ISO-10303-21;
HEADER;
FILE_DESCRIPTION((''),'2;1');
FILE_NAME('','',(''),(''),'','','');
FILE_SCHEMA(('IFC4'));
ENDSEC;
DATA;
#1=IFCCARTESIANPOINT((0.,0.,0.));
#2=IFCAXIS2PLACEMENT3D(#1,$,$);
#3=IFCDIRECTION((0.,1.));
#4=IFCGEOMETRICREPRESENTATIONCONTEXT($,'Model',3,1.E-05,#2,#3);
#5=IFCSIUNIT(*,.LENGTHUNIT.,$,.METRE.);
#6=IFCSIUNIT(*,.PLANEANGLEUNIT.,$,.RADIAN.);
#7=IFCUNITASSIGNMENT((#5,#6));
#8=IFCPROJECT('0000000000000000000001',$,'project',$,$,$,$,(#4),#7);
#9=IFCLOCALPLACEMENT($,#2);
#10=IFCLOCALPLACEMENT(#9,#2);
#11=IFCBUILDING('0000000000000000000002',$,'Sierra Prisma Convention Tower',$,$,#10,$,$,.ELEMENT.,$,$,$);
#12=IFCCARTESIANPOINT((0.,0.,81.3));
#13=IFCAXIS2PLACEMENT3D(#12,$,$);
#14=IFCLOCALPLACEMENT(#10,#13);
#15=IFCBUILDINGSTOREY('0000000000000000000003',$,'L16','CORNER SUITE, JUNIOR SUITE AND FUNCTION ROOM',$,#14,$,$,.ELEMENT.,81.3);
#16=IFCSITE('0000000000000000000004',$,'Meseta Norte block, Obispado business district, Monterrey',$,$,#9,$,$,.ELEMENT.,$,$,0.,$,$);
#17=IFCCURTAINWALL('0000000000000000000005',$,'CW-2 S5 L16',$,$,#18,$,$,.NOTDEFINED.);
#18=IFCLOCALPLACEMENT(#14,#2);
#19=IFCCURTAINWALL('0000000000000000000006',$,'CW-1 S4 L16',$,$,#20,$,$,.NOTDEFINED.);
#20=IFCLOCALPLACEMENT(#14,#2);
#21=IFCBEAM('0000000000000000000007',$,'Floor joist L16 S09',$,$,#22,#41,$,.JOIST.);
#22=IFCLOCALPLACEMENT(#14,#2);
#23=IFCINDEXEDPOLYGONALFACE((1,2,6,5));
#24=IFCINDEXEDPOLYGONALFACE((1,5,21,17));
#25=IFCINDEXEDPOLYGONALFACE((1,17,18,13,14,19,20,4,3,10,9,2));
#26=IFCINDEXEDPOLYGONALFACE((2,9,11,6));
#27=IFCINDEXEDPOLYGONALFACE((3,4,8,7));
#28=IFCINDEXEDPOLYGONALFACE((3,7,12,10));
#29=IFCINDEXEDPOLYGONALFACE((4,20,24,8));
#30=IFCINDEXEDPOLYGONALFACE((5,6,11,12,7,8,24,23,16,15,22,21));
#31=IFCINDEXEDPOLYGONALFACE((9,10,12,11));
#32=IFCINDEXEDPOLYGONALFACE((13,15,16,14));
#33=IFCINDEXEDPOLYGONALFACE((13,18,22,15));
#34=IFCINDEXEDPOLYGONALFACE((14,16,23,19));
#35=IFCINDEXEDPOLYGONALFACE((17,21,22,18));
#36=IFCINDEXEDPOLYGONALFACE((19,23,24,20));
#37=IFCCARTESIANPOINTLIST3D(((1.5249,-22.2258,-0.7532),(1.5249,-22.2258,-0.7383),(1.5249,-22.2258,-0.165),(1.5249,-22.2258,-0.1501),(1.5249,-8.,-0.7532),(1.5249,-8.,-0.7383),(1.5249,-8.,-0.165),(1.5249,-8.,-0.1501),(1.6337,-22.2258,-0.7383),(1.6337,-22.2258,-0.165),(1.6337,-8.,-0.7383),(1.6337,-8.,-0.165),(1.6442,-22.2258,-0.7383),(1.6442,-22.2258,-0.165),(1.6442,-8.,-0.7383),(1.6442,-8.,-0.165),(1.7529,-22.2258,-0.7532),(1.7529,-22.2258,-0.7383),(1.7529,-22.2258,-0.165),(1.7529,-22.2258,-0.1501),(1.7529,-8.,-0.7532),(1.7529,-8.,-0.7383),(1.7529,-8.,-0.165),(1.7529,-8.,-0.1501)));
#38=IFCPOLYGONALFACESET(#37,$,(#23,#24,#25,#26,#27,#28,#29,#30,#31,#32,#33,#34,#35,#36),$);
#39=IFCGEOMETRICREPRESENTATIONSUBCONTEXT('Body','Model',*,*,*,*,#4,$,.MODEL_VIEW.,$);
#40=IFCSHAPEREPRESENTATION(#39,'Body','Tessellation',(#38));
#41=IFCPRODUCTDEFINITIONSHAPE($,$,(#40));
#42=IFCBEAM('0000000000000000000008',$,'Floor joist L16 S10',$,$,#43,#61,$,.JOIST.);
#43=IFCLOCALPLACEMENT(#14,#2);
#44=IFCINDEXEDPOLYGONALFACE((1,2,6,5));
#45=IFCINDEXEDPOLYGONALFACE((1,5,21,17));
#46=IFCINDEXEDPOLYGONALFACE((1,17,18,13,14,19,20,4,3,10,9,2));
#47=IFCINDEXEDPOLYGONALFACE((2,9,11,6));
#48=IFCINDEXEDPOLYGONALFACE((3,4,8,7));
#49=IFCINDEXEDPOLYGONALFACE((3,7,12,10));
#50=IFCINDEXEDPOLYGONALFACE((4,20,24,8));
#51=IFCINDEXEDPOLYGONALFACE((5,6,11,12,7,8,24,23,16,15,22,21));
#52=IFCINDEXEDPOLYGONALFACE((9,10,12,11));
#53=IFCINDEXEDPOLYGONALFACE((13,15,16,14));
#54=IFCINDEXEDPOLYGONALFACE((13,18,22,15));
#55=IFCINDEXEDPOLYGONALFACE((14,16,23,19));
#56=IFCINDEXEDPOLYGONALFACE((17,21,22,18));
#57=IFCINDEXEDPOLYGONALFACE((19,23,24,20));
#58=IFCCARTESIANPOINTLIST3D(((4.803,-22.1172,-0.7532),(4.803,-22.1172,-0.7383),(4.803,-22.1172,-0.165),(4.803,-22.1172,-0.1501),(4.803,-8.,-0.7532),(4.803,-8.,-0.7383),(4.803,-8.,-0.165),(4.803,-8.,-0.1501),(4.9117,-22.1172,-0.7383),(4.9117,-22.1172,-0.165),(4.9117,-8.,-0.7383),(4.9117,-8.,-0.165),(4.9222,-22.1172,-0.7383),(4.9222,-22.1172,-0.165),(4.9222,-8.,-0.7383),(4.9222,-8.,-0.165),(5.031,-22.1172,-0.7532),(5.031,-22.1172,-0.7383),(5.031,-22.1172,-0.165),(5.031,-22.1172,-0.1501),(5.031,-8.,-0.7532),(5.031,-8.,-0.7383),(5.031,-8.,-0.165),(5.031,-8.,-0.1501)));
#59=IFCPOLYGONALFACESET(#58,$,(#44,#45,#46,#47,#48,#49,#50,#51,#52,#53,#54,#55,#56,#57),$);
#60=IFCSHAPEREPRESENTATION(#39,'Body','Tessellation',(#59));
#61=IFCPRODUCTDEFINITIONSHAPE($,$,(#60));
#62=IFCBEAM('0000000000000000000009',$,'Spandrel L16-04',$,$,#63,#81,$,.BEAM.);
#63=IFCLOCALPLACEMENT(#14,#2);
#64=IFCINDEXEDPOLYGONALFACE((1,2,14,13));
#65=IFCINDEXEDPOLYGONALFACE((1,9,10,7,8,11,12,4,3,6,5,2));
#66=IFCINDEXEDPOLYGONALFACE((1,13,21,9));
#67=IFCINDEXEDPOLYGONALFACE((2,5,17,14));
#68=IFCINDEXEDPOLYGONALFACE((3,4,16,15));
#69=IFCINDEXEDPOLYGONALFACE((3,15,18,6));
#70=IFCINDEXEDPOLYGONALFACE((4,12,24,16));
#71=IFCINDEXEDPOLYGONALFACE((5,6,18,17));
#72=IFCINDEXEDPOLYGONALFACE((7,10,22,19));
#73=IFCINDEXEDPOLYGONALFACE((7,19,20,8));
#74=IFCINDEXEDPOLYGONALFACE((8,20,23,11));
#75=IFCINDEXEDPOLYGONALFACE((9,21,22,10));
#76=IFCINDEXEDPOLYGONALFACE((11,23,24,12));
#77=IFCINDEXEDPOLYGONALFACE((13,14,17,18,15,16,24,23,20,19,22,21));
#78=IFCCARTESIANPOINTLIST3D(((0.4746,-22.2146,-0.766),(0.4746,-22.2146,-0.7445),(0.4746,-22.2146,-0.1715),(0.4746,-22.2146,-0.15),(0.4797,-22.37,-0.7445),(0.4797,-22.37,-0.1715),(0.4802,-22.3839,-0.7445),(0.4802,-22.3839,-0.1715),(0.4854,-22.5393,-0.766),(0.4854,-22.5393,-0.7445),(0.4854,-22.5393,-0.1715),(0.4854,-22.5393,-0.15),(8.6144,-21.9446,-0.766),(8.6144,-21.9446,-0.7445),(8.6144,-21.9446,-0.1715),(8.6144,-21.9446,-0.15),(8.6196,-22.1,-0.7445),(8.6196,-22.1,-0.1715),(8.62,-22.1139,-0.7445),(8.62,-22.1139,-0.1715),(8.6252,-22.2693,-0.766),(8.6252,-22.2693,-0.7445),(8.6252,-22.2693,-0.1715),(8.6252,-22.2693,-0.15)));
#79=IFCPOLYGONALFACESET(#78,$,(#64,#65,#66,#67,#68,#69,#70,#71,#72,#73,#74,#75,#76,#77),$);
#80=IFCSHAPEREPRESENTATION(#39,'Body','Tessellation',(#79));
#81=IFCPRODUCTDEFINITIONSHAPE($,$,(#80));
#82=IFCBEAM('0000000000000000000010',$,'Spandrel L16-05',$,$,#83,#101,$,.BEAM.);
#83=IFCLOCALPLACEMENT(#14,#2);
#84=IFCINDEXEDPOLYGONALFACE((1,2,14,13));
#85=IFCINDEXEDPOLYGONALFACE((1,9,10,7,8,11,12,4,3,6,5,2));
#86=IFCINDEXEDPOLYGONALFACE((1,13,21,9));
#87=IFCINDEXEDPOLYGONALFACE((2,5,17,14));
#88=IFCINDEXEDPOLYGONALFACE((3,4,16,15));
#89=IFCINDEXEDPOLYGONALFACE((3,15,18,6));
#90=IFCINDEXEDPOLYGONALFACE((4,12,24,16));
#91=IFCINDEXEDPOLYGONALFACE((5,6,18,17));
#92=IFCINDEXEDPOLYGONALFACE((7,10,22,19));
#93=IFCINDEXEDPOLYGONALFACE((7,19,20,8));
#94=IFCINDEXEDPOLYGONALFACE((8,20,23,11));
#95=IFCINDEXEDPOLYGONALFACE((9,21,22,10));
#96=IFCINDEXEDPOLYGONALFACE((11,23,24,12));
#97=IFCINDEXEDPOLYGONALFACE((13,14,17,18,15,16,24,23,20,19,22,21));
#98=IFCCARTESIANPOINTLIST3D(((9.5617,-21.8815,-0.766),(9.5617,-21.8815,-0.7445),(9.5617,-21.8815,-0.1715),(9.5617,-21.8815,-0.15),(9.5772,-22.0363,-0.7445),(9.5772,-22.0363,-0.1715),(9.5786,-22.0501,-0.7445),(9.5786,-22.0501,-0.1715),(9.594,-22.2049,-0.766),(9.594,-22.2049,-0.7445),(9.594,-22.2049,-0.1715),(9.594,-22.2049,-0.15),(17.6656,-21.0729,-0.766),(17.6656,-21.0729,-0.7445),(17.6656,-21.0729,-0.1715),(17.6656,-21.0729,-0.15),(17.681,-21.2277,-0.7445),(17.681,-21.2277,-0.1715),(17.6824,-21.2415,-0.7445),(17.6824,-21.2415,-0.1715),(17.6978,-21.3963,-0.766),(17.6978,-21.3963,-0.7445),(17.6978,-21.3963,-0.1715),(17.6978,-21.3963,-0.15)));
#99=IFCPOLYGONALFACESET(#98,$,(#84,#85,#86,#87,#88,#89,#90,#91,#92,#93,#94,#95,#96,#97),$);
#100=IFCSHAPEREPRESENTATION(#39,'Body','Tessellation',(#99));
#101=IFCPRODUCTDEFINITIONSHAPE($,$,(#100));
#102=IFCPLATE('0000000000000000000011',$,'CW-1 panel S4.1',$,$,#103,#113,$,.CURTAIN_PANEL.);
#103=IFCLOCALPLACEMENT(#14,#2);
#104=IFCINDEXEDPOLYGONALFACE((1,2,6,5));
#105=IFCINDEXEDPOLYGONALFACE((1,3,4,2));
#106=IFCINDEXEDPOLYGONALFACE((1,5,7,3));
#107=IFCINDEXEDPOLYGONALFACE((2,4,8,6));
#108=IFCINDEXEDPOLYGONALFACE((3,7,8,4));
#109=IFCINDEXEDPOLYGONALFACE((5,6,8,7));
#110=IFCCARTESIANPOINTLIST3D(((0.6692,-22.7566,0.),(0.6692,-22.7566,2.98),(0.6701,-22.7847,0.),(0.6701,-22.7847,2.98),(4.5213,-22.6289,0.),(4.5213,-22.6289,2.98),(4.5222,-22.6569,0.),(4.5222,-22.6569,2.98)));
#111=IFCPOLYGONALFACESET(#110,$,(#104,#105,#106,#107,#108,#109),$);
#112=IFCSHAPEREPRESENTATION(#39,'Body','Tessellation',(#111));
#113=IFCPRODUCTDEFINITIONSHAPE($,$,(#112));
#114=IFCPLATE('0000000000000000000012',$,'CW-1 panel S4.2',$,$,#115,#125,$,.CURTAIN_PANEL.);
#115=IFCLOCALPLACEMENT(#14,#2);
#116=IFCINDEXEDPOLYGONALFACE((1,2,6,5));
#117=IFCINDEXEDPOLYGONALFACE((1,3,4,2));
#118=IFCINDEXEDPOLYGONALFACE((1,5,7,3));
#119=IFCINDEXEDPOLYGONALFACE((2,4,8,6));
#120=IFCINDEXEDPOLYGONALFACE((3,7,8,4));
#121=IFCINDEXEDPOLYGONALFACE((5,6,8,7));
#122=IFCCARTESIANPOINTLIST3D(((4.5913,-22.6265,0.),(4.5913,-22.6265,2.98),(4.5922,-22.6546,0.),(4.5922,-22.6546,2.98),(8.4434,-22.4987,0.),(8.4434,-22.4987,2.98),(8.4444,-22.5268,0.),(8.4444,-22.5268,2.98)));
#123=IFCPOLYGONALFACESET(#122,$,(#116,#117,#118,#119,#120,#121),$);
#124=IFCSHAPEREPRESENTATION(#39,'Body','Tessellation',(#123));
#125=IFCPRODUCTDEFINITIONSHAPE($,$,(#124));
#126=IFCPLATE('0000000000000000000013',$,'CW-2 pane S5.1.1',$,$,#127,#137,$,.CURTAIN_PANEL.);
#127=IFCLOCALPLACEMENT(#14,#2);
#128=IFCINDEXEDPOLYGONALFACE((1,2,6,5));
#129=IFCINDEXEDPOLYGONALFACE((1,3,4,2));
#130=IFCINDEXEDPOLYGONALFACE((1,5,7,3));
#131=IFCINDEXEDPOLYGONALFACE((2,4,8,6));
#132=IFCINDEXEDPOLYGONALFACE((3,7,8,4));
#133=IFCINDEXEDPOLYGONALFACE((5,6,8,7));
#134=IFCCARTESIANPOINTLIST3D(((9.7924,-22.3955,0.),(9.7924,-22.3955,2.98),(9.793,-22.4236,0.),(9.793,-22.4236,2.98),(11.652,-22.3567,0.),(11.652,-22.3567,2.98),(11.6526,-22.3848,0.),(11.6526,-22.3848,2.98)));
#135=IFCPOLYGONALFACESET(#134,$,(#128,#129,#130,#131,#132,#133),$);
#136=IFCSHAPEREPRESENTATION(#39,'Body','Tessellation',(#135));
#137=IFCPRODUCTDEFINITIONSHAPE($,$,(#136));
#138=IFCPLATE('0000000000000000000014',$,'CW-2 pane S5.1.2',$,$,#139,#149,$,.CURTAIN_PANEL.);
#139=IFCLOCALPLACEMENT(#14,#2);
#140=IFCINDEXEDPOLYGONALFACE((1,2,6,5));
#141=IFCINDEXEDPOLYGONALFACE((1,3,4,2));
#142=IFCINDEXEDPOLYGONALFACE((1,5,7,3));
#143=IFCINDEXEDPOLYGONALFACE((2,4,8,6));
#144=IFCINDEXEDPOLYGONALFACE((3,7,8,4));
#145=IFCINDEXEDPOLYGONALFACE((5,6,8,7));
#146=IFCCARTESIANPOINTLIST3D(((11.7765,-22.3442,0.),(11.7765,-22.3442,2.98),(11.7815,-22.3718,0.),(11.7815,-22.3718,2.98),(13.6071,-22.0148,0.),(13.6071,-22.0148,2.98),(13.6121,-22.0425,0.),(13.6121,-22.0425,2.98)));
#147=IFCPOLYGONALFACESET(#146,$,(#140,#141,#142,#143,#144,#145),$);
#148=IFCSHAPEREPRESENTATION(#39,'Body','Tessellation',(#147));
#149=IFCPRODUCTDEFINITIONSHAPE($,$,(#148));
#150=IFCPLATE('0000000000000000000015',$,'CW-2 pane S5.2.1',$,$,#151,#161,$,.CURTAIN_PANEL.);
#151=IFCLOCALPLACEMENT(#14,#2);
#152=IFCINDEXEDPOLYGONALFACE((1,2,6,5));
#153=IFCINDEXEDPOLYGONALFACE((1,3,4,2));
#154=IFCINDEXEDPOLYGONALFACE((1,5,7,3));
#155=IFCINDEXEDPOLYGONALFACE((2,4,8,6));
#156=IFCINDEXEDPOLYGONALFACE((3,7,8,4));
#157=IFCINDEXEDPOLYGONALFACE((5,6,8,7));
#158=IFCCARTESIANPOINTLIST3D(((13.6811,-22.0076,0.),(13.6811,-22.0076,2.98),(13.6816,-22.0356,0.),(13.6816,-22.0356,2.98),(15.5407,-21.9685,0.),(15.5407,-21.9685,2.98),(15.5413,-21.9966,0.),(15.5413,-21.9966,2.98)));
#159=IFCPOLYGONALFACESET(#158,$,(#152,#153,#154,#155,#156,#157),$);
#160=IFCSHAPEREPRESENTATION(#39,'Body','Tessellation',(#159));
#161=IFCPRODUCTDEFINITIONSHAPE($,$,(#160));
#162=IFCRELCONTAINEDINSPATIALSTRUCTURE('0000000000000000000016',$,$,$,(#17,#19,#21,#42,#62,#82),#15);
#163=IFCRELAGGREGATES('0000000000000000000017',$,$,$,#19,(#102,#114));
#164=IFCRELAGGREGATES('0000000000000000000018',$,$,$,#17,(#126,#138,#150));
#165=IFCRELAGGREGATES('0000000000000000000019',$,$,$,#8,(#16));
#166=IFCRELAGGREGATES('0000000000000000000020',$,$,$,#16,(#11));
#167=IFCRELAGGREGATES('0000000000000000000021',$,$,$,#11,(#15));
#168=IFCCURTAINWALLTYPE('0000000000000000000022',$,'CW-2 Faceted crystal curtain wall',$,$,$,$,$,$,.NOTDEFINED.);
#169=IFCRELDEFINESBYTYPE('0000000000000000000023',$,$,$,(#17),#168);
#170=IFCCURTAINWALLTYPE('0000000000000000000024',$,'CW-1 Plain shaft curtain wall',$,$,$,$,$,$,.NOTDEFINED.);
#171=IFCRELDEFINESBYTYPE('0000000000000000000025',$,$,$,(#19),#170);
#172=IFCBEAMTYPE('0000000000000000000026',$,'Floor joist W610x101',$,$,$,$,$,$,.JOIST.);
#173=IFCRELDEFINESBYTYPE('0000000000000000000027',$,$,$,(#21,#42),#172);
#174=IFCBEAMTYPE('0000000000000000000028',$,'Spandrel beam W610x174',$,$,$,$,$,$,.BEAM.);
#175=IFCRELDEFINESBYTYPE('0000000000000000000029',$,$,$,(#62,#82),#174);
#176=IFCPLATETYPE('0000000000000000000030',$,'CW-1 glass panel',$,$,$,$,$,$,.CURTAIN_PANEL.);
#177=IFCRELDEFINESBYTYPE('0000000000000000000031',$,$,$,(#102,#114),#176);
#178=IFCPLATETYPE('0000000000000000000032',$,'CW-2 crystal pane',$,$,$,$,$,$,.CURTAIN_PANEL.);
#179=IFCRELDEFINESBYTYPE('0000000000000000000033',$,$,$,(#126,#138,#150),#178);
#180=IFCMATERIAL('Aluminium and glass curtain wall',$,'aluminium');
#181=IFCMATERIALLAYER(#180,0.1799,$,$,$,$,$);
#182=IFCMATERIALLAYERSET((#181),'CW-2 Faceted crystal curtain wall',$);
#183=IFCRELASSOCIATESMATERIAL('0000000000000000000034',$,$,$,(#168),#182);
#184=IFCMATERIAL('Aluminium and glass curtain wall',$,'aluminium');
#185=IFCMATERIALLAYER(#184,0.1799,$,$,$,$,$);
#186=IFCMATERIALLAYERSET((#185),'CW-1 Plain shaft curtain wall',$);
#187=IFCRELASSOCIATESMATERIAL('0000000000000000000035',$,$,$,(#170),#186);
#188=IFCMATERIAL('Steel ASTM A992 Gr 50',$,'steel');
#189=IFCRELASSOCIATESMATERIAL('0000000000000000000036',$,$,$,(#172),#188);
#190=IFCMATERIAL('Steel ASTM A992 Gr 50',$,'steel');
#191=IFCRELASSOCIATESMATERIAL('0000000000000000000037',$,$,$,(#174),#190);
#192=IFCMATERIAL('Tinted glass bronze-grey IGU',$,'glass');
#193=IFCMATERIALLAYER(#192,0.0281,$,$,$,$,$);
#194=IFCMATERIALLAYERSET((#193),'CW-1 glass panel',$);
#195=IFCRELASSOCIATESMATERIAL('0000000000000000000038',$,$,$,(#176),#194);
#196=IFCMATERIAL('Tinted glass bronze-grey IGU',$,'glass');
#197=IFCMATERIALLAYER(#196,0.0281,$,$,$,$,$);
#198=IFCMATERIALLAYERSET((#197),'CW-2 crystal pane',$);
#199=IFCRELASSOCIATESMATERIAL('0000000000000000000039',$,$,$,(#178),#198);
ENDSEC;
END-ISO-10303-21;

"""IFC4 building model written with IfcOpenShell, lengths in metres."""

from ifc_helpers import new_model, si_unit, direction, frame, origin, origin_2d, place, context, subcontext, project, spatial, polyline, rectangle, i_section, outline, extrude, material, layer, layer_set, material_profile, profile_set, type_object, element, aggregate, save


model = new_model("IFC4")

# Units and contexts
model_context = context("Model", 3, precision=1e-05, world=origin(), true_north=direction((0.0, 1.0)))
body_context = subcontext(model_context, "Body", "Model", "MODEL_VIEW")
ifc_project = project(units=[si_unit("LENGTHUNIT", "METRE"), si_unit("PLANEANGLEUNIT", "RADIAN")], contexts=[model_context])

# Site, building, storey
site_placement = place(None, origin())
site = spatial("IfcSite", under=ifc_project, at=site_placement, Name="Meseta Norte block, Obispado business district, Monterrey", CompositionType="ELEMENT", RefElevation=0.0)
building_placement = place(site_placement, origin())
building = spatial("IfcBuilding", under=site, at=building_placement, Name="Sierra Prisma Convention Tower", CompositionType="ELEMENT")
storey_placement = place(building_placement, frame((0.0, 0.0, 81.3)))
storey = spatial("IfcBuildingStorey", under=building, at=storey_placement, Name="L16", Description="CORNER SUITE, JUNIOR SUITE AND FUNCTION ROOM", CompositionType="ELEMENT", Elevation=81.3)

# Curtain wall
ifc_material_1 = material(Name="Aluminium and glass curtain wall", Category="aluminium")
ifc_layer_1 = layer(ifc_material_1, 0.1799)
ifc_layer_set_1 = layer_set([ifc_layer_1], Name="CW-2 Faceted crystal curtain wall")
curtain_wall_type_1 = type_object("IfcCurtainWallType", Name="CW-2 Faceted crystal curtain wall", PredefinedType="NOTDEFINED", material=ifc_layer_set_1)
curtain_wall_1_placement = place(storey_placement, origin())
curtain_wall_1 = element("IfcCurtainWall", 1, at=curtain_wall_1_placement, inside=storey, type_object=curtain_wall_type_1, Name="CW-2 S5 L16", PredefinedType="NOTDEFINED")

# Curtain wall
ifc_material_2 = material(Name="Aluminium and glass curtain wall", Category="aluminium")
ifc_layer_2 = layer(ifc_material_2, 0.1799)
ifc_layer_set_2 = layer_set([ifc_layer_2], Name="CW-1 Plain shaft curtain wall")
curtain_wall_type_2 = type_object("IfcCurtainWallType", Name="CW-1 Plain shaft curtain wall", PredefinedType="NOTDEFINED", material=ifc_layer_set_2)
curtain_wall_2_placement = place(storey_placement, origin())
curtain_wall_2 = element("IfcCurtainWall", 2, at=curtain_wall_2_placement, inside=storey, type_object=curtain_wall_type_2, Name="CW-1 S4 L16", PredefinedType="NOTDEFINED")

# Beams
ifc_material_3 = material(Name="Steel ASTM A992 Gr 50", Category="steel")
ifc_material_profile_1 = material_profile(ifc_material_3, i_section(OverallWidth=0.228, OverallDepth=0.603, WebThickness=0.0105, FlangeThickness=0.0149, at=origin_2d()), Name="W610x101")
ifc_profile_set_1 = profile_set([ifc_material_profile_1], Name="Steel ASTM A992 Gr 50")
beam_type_1 = type_object("IfcBeamType", Name="Floor joist W610x101", PredefinedType="JOIST", material=ifc_profile_set_1)
beam_1_placement = place(storey_placement, frame((1.6389, -22.2258, -0.4517), z_axis=(0.0, 1.0, 0.0), x_axis=(-1.0, 0.0, 0.0)))
element("IfcBeam", 3, at=beam_1_placement, inside=storey, type_object=beam_type_1, Name="Floor joist L16 S09", PredefinedType="JOIST", context=body_context, shape_type="SweptSolid", body=[
    extrude(i_section(OverallWidth=0.228, OverallDepth=0.603, WebThickness=0.0105, FlangeThickness=0.0149, at=origin_2d()), origin(), (0.0, 0.0, 1.0), 14.2258),
])
beam_2_placement = place(storey_placement, frame((4.917, -22.1172, -0.4517), z_axis=(0.0, 1.0, 0.0), x_axis=(-1.0, 0.0, 0.0)))
element("IfcBeam", 4, at=beam_2_placement, inside=storey, type_object=beam_type_1, Name="Floor joist L16 S10", PredefinedType="JOIST", context=body_context, shape_type="SweptSolid", body=[
    extrude(i_section(OverallWidth=0.228, OverallDepth=0.603, WebThickness=0.0105, FlangeThickness=0.0149, at=origin_2d()), origin(), (0.0, 0.0, 1.0), 14.1172),
])
ifc_material_4 = material(Name="Steel ASTM A992 Gr 50", Category="steel")
ifc_material_profile_2 = material_profile(ifc_material_4, i_section(OverallWidth=0.325, OverallDepth=0.616, WebThickness=0.0139, FlangeThickness=0.0215, at=origin_2d()), Name="W610x174")
ifc_profile_set_2 = profile_set([ifc_material_profile_2], Name="Steel ASTM A992 Gr 50")
beam_type_2 = type_object("IfcBeamType", Name="Spandrel beam W610x174", PredefinedType="BEAM", material=ifc_profile_set_2)
beam_3_placement = place(storey_placement, frame((0.48, -22.377, -0.458), z_axis=(0.99945, 0.033154, 0.0), x_axis=(-0.033154, 0.99945, 0.0)))
element("IfcBeam", 5, at=beam_3_placement, inside=storey, type_object=beam_type_2, Name="Spandrel L16-04", PredefinedType="BEAM", context=body_context, shape_type="SweptSolid", body=[
    extrude(i_section(OverallWidth=0.325, OverallDepth=0.616, WebThickness=0.0139, FlangeThickness=0.0215, at=origin_2d()), origin(), (0.0, 0.0, 1.0), 8.1443),
])
beam_4_placement = place(storey_placement, frame((9.5779, -22.0432, -0.458), z_axis=(0.995059, 0.099287, 0.0), x_axis=(-0.099287, 0.995059, 0.0)))
element("IfcBeam", 6, at=beam_4_placement, inside=storey, type_object=beam_type_2, Name="Spandrel L16-05", PredefinedType="BEAM", context=body_context, shape_type="SweptSolid", body=[
    extrude(i_section(OverallWidth=0.325, OverallDepth=0.616, WebThickness=0.0139, FlangeThickness=0.0215, at=origin_2d()), origin(), (0.0, 0.0, 1.0), 8.144),
])

# Plates
ifc_material_5 = material(Name="Tinted glass bronze-grey IGU", Category="glass")
ifc_layer_3 = layer(ifc_material_5, 0.0281)
ifc_layer_set_3 = layer_set([ifc_layer_3], Name="CW-1 glass panel")
plate_type_1 = type_object("IfcPlateType", Name="CW-1 glass panel", PredefinedType="CURTAIN_PANEL", material=ifc_layer_set_3)
plate_1_placement = place(storey_placement, frame((2.5957, -22.7068, 0.0), z_axis=(0.0, 0.0, 1.0), x_axis=(0.99945, 0.033148, 0.0)))
plate_1 = element("IfcPlate", 7, at=plate_1_placement, type_object=plate_type_1, Name="CW-1 panel S4.1", PredefinedType="CURTAIN_PANEL", context=body_context, shape_type="SweptSolid", body=[
    extrude(rectangle(XDim=3.8542, YDim=0.0281, at=origin_2d()), origin(), (0.0, 0.0, 1.0), 2.98),
])
plate_2_placement = place(storey_placement, frame((6.5178, -22.5767, 0.0), z_axis=(0.0, 0.0, 1.0), x_axis=(0.99945, 0.033148, 0.0)))
plate_2 = element("IfcPlate", 8, at=plate_2_placement, type_object=plate_type_1, Name="CW-1 panel S4.2", PredefinedType="CURTAIN_PANEL", context=body_context, shape_type="SweptSolid", body=[
    extrude(rectangle(XDim=3.8542, YDim=0.0281, at=origin_2d()), origin(), (0.0, 0.0, 1.0), 2.98),
])
aggregate(curtain_wall_2, [plate_1, plate_2])
ifc_material_6 = material(Name="Tinted glass bronze-grey IGU", Category="glass")
ifc_layer_4 = layer(ifc_material_6, 0.0281)
ifc_layer_set_4 = layer_set([ifc_layer_4], Name="CW-2 crystal pane")
plate_type_2 = type_object("IfcPlateType", Name="CW-2 crystal pane", PredefinedType="CURTAIN_PANEL", material=ifc_layer_set_4)
plate_3_placement = place(storey_placement, frame((9.793, -22.4236, 0.0), z_axis=(0.02087, -0.999782, 0.0), x_axis=(0.999782, 0.02087, 0.0)))
plate_3 = element("IfcPlate", 9, at=plate_3_placement, type_object=plate_type_2, Name="CW-2 pane S5.1.1", PredefinedType="CURTAIN_PANEL", context=body_context, shape_type="SweptSolid", body=[
    extrude(outline(polyline([(0.0, 0.0), (1.86, 0.0), (1.86, 2.98), (0.0, 2.98), (0.0, 0.0)])), origin(), (0.0, 0.0, -1.0), 0.0281),
])
plate_4_placement = place(storey_placement, frame((13.6121, -22.0425, 0.0), z_axis=(0.177072, -0.984198, 0.0), x_axis=(-0.984198, -0.177072, 0.0)))
plate_4 = element("IfcPlate", 10, at=plate_4_placement, type_object=plate_type_2, Name="CW-2 pane S5.1.2", PredefinedType="CURTAIN_PANEL", context=body_context, shape_type="SweptSolid", body=[
    extrude(outline(polyline([(0.0, 0.0), (1.86, 0.0), (1.86, -2.98), (0.0, -2.98), (0.0, 0.0)])), origin(), (0.0, 0.0, -1.0), 0.0281),
])
plate_5_placement = place(storey_placement, frame((13.6816, -22.0356, 0.0), z_axis=(0.021001, -0.999779, 0.0), x_axis=(0.999779, 0.021001, 0.0)))
plate_5 = element("IfcPlate", 11, at=plate_5_placement, type_object=plate_type_2, Name="CW-2 pane S5.2.1", PredefinedType="CURTAIN_PANEL", context=body_context, shape_type="SweptSolid", body=[
    extrude(outline(polyline([(0.0, 0.0), (1.86, 0.0), (1.86, 2.98), (0.0, 2.98), (0.0, 0.0)])), origin(), (0.0, 0.0, -1.0), 0.0281),
])
aggregate(curtain_wall_1, [plate_3, plate_4, plate_5])

save(model, "model.ifc")
